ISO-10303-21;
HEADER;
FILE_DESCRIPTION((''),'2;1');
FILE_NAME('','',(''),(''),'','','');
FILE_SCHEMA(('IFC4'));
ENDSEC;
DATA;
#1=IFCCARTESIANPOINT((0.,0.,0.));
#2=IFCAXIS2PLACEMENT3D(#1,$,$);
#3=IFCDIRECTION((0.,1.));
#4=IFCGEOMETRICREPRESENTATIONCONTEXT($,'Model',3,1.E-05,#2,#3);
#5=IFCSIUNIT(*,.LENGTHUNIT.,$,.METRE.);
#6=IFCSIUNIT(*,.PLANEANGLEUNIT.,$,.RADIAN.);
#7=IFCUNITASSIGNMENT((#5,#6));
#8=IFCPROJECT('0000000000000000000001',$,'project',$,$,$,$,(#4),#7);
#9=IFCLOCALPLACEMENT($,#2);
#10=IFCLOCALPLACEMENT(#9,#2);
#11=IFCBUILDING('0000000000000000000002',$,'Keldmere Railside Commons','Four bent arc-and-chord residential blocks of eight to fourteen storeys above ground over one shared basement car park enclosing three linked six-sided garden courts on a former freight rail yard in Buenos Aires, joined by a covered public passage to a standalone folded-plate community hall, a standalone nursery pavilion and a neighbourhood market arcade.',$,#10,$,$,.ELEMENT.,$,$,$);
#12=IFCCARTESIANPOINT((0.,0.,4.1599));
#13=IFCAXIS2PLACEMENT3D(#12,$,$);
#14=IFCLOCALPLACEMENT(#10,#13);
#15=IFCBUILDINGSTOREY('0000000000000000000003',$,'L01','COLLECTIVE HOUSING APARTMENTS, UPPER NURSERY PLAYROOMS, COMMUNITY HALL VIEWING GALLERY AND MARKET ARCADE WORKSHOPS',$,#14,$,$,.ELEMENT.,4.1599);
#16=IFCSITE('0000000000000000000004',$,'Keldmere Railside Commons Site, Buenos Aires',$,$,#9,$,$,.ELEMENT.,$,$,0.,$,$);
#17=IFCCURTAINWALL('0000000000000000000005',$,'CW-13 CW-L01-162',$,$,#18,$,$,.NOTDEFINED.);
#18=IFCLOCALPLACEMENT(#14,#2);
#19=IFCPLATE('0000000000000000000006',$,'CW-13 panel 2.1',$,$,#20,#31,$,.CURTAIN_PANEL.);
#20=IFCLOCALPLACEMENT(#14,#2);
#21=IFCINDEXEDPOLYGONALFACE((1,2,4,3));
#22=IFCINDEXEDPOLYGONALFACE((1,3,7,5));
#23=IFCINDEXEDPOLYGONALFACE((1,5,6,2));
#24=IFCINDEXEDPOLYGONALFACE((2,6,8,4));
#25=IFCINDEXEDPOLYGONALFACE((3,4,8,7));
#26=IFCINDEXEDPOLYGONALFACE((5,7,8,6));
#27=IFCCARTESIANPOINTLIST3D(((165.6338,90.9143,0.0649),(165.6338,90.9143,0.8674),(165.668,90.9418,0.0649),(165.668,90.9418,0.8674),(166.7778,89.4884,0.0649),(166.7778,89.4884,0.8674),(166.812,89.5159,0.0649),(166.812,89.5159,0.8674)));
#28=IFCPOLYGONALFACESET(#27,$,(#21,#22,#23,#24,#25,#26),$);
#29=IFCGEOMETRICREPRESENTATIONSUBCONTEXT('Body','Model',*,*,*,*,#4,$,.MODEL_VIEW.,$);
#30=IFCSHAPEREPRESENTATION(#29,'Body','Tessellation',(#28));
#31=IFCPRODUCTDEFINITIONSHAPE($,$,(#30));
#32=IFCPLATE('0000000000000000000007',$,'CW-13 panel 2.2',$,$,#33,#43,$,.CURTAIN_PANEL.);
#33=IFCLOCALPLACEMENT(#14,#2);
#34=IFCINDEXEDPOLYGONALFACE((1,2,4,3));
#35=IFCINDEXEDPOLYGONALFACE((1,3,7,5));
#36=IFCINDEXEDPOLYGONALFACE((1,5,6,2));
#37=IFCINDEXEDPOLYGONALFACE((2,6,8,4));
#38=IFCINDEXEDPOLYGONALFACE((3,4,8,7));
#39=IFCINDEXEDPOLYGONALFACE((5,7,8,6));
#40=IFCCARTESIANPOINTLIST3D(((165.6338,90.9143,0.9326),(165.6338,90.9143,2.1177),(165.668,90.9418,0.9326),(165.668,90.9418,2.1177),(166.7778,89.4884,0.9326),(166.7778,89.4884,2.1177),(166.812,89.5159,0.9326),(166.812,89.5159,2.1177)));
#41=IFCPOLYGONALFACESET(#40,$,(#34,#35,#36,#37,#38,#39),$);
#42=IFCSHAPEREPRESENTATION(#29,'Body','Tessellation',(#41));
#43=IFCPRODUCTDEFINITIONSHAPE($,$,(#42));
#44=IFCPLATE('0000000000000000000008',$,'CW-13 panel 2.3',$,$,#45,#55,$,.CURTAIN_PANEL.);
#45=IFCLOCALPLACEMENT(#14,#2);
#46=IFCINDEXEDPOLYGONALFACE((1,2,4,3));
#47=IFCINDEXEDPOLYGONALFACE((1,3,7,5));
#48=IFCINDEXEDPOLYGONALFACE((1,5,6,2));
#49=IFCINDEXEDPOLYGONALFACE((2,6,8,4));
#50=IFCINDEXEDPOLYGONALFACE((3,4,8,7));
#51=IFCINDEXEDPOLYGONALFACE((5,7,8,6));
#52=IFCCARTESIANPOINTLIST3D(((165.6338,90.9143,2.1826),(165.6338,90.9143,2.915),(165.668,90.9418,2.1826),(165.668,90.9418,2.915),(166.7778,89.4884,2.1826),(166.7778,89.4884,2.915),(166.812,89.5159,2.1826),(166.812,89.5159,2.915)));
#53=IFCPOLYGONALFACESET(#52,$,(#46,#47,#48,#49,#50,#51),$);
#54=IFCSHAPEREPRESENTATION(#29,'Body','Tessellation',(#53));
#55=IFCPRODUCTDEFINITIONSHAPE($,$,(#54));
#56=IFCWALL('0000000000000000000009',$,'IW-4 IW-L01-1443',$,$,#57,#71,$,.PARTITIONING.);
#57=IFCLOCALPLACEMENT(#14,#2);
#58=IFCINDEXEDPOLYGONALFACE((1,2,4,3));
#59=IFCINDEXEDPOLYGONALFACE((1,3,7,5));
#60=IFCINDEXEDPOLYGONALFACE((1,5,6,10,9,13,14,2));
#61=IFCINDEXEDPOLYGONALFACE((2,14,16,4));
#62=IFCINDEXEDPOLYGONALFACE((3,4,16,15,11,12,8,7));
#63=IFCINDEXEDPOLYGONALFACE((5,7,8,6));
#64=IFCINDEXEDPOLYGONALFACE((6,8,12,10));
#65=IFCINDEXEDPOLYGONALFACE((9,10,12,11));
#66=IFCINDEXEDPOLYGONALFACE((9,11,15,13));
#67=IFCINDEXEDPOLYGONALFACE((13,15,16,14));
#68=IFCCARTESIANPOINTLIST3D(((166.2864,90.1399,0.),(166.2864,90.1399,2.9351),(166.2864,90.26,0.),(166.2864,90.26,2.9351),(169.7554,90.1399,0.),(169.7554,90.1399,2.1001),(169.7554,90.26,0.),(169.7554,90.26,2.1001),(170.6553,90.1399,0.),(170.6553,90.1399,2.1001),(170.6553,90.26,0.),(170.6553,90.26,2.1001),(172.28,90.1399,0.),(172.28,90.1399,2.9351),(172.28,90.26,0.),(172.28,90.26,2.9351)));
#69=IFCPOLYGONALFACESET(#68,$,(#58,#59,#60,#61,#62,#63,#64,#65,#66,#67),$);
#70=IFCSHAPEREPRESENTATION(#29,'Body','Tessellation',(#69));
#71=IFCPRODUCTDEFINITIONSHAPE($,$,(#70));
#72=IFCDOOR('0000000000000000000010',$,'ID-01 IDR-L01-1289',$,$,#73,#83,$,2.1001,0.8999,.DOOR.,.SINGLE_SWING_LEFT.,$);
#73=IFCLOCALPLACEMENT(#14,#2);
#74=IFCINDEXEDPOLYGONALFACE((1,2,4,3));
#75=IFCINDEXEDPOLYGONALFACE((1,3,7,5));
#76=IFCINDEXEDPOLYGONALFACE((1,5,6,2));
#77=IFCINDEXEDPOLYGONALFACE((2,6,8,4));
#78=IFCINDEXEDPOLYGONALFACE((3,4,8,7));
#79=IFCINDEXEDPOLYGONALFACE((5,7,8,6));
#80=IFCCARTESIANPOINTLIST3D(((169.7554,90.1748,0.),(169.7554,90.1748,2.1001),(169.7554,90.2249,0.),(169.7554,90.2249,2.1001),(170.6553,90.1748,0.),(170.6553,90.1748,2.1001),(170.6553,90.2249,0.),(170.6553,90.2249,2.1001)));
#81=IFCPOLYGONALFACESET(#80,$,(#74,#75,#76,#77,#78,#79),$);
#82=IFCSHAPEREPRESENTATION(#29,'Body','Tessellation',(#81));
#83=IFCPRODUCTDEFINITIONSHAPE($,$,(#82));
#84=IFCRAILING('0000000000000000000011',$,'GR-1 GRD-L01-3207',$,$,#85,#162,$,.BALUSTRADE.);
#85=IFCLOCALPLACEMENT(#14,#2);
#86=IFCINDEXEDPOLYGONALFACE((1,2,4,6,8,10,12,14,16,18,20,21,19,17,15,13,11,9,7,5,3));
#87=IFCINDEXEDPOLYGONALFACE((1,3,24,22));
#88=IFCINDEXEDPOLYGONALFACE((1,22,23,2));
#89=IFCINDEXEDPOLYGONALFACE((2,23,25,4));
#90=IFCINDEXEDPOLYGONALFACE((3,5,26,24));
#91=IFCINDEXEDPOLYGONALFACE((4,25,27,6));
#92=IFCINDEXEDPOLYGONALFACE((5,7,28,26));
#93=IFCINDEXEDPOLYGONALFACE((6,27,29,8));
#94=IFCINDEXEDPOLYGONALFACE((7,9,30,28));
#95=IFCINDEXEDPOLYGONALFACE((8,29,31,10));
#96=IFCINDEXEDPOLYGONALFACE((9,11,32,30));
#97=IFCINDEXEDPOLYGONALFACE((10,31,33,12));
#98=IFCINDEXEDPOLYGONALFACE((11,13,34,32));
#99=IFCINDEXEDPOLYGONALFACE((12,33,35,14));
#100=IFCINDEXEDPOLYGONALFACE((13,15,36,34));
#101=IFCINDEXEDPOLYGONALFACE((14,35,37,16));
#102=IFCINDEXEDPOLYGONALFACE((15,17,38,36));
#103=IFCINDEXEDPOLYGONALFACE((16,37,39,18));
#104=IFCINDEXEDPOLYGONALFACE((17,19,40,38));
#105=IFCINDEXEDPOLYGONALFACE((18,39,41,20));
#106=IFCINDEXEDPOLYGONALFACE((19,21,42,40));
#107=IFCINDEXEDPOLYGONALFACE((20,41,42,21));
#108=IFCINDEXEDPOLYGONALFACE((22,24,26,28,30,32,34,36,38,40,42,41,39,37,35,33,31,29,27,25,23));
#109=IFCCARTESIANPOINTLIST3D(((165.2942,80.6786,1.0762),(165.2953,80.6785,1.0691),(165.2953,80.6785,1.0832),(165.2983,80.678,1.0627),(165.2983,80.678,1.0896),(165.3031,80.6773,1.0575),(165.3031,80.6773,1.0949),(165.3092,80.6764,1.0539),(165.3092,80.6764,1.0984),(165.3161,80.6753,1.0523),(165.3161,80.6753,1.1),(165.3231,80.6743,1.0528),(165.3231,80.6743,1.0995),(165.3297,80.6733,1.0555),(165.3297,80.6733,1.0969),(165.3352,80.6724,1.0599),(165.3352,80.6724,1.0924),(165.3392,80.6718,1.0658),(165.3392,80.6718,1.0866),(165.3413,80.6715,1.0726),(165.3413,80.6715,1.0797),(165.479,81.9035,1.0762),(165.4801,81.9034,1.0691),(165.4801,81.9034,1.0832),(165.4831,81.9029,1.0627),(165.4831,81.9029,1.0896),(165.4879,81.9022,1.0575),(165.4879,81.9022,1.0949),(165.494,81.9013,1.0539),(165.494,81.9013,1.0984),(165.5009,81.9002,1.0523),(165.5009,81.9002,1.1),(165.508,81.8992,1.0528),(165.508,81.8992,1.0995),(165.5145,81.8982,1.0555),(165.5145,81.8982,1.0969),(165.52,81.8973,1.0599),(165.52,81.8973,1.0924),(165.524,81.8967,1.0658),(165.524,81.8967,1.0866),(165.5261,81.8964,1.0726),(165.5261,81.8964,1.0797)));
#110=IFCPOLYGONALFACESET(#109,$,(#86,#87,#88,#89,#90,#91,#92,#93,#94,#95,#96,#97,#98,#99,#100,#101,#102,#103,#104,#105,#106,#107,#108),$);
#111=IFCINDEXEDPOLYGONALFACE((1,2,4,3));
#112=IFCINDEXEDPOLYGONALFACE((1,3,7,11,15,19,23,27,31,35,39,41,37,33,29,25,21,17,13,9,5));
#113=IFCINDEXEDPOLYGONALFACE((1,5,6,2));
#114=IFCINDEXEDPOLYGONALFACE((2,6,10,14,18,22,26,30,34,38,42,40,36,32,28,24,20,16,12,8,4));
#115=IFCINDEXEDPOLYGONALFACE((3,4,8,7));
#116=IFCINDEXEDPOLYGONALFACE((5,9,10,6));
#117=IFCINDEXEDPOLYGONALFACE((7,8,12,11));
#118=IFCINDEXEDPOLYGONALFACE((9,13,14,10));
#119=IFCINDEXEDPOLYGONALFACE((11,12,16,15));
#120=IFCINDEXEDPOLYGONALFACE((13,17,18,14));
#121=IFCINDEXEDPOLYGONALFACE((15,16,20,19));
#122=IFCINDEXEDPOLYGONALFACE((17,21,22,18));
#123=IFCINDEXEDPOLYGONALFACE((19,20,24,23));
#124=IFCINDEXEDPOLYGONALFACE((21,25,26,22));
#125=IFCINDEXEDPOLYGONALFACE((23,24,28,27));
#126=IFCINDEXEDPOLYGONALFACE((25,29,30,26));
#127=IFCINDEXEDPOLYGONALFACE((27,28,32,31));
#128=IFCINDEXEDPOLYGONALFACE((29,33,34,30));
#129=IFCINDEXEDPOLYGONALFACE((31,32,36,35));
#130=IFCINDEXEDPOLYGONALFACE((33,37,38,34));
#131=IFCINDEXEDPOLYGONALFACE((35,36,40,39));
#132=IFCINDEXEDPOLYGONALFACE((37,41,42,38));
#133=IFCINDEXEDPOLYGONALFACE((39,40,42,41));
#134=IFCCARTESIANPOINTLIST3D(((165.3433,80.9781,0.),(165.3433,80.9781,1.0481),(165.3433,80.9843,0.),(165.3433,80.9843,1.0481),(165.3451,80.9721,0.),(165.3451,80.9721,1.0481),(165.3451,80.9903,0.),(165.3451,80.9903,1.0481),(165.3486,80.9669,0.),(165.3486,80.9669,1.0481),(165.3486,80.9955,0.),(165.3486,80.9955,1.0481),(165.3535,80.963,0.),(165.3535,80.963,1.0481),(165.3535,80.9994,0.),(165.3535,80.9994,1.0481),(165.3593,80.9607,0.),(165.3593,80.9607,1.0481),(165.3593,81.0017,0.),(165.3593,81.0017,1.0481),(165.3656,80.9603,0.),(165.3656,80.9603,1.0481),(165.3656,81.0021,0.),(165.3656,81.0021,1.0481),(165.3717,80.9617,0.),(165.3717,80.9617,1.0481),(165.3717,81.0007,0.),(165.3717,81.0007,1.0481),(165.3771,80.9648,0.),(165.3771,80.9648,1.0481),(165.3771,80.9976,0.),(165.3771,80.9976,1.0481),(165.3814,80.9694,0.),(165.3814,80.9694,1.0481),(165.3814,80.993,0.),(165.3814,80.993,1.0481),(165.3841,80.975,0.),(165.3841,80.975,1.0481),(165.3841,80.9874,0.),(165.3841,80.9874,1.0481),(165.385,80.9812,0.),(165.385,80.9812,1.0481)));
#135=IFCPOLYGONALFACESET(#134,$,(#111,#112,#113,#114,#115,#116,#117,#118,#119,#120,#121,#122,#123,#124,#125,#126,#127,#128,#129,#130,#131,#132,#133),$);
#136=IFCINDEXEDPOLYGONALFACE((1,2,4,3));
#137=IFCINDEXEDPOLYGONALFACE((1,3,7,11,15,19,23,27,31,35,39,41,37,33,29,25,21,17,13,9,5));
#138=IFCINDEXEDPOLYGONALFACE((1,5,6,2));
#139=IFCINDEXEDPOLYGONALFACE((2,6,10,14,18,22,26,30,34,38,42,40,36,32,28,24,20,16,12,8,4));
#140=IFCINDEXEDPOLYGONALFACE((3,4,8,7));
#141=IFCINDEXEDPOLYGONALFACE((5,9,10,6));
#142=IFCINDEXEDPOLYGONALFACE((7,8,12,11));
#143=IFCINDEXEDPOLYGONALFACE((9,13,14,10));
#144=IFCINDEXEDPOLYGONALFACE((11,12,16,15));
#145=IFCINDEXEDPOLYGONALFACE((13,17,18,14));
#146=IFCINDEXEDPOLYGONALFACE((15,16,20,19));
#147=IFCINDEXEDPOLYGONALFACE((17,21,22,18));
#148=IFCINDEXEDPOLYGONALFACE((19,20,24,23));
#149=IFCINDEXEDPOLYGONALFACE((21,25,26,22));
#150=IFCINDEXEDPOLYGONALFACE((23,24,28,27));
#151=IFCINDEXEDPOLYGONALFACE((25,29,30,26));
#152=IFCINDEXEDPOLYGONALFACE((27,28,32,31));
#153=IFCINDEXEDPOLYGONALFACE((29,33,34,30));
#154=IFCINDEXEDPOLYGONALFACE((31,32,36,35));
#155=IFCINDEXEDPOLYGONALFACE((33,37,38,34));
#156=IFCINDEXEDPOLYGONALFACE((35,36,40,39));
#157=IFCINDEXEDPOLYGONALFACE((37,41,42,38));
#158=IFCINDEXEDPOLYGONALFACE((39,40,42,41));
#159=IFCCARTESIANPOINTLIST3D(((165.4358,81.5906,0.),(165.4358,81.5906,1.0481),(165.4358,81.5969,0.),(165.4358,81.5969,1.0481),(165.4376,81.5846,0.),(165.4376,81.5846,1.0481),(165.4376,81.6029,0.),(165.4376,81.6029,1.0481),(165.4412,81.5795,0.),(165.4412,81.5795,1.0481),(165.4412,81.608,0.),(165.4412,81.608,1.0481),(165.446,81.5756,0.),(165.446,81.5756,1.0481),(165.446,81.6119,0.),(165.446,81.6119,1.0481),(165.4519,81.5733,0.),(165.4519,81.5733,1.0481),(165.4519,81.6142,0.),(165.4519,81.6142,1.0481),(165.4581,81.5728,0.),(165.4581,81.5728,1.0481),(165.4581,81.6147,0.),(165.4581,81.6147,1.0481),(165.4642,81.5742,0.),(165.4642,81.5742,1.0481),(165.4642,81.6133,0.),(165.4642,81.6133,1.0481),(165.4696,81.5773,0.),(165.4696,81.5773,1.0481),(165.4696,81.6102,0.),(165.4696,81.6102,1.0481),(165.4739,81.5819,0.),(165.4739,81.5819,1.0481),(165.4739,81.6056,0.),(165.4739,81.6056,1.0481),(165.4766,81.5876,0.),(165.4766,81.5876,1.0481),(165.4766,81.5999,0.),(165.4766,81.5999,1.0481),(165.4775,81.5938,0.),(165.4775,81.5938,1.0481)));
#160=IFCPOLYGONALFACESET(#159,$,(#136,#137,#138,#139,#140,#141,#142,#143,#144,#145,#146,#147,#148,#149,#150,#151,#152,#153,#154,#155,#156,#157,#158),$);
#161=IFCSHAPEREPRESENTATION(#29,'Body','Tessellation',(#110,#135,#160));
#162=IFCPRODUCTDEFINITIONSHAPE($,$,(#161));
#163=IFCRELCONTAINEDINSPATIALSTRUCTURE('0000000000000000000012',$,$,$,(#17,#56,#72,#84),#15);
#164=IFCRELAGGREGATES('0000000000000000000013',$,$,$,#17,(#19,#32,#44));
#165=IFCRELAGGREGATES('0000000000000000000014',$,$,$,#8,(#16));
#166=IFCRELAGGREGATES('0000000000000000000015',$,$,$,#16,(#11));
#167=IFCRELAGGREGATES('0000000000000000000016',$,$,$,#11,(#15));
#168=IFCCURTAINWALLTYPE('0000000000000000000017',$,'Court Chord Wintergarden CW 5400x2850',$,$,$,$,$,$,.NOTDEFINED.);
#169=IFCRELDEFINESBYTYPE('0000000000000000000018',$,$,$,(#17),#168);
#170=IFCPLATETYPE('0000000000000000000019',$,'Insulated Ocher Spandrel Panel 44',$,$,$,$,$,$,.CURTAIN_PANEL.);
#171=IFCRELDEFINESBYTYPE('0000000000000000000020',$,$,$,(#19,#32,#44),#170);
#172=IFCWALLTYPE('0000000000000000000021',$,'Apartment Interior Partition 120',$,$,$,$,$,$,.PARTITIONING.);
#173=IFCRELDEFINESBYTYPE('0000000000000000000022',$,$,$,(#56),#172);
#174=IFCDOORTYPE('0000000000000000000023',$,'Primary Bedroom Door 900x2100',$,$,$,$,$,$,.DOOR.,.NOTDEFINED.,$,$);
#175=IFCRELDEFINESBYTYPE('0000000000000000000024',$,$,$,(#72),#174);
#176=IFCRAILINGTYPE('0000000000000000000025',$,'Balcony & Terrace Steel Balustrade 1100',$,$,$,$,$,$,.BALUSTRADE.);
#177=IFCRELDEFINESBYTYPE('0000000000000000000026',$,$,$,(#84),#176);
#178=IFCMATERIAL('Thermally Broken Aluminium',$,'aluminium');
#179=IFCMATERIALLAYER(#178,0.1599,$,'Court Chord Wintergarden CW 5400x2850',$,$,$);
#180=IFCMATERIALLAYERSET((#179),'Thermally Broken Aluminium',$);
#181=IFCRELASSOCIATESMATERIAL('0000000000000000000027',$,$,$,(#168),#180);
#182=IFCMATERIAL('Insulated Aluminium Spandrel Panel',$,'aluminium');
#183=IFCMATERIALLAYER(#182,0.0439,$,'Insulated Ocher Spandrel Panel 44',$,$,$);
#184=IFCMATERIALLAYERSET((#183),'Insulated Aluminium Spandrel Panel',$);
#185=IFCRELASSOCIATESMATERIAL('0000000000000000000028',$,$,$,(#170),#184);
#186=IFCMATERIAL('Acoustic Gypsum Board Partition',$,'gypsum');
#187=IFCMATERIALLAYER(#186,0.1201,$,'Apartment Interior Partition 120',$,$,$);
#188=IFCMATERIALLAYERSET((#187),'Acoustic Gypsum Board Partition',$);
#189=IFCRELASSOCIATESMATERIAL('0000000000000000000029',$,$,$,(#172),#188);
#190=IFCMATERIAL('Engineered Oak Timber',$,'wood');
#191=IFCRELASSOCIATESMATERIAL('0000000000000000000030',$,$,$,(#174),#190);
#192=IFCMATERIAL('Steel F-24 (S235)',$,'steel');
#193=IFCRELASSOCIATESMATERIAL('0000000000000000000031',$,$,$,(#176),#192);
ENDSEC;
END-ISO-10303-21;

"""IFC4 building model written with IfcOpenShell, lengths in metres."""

from ifc_helpers import new_model, si_unit, direction, frame, frame_2d, origin, origin_2d, place, context, subcontext, project, spatial, rectangle, circle, extrude, material, layer, layer_set, type_object, element, fill, aggregate, save


model = new_model("IFC4")

# Units and contexts
model_context = context("Model", 3, precision=1e-05, world=origin(), true_north=direction((0.0, 1.0)))
body_context = subcontext(model_context, "Body", "Model", "MODEL_VIEW")
ifc_project = project(units=[si_unit("LENGTHUNIT", "METRE"), si_unit("PLANEANGLEUNIT", "RADIAN")], contexts=[model_context])

# Site, building, storey
site_placement = place(None, origin())
site = spatial("IfcSite", under=ifc_project, at=site_placement, Name="Keldmere Railside Commons Site, Buenos Aires", CompositionType="ELEMENT", RefElevation=0.0)
building_placement = place(site_placement, origin())
building = spatial("IfcBuilding", under=site, at=building_placement, Name="Keldmere Railside Commons", Description="Four bent arc-and-chord residential blocks of eight to fourteen storeys above ground over one shared basement car park enclosing three linked six-sided garden courts on a former freight rail yard in Buenos Aires, joined by a covered public passage to a standalone folded-plate community hall, a standalone nursery pavilion and a neighbourhood market arcade.", CompositionType="ELEMENT")
storey_placement = place(building_placement, frame((0.0, 0.0, 4.1599)))
storey = spatial("IfcBuildingStorey", under=building, at=storey_placement, Name="L01", Description="COLLECTIVE HOUSING APARTMENTS, UPPER NURSERY PLAYROOMS, COMMUNITY HALL VIEWING GALLERY AND MARKET ARCADE WORKSHOPS", CompositionType="ELEMENT", Elevation=4.1599)

# Curtain wall, plates
ifc_material_1 = material(Name="Thermally Broken Aluminium", Category="aluminium")
ifc_layer_1 = layer(ifc_material_1, 0.1599, Name="Court Chord Wintergarden CW 5400x2850")
ifc_layer_set_1 = layer_set([ifc_layer_1], Name="Thermally Broken Aluminium")
curtain_wall_type = type_object("IfcCurtainWallType", Name="Court Chord Wintergarden CW 5400x2850", PredefinedType="NOTDEFINED", material=ifc_layer_set_1)
curtain_wall_placement = place(storey_placement, origin())
curtain_wall = element("IfcCurtainWall", 1, at=curtain_wall_placement, inside=storey, type_object=curtain_wall_type, Name="CW-13 CW-L01-162", PredefinedType="NOTDEFINED")
ifc_material_2 = material(Name="Insulated Aluminium Spandrel Panel", Category="aluminium")
ifc_layer_2 = layer(ifc_material_2, 0.0439, Name="Insulated Ocher Spandrel Panel 44")
ifc_layer_set_2 = layer_set([ifc_layer_2], Name="Insulated Aluminium Spandrel Panel")
plate_type = type_object("IfcPlateType", Name="Insulated Ocher Spandrel Panel 44", PredefinedType="CURTAIN_PANEL", material=ifc_layer_set_2)
plate_1_placement = place(storey_placement, frame((166.2229, 90.2151, 0.0649), z_axis=(0.0, 0.0, 1.0), x_axis=(-0.625768, 0.780009, 0.0)))
plate_1 = element("IfcPlate", 2, at=plate_1_placement, type_object=plate_type, Name="CW-13 panel 2.1", PredefinedType="CURTAIN_PANEL", context=body_context, shape_type="SweptSolid", body=[
    extrude(rectangle(XDim=1.8281, YDim=0.0439, at=origin_2d()), origin(), (0.0, 0.0, 1.0), 0.8025),
])
plate_2_placement = place(storey_placement, frame((166.2229, 90.2151, 0.9326), z_axis=(0.0, 0.0, 1.0), x_axis=(-0.625768, 0.780009, 0.0)))
plate_2 = element("IfcPlate", 3, at=plate_2_placement, type_object=plate_type, Name="CW-13 panel 2.2", PredefinedType="CURTAIN_PANEL", context=body_context, shape_type="SweptSolid", body=[
    extrude(rectangle(XDim=1.8281, YDim=0.0439, at=origin_2d()), origin(), (0.0, 0.0, 1.0), 1.1851),
])
plate_3_placement = place(storey_placement, frame((166.2229, 90.2151, 2.1826), z_axis=(0.0, 0.0, 1.0), x_axis=(-0.625768, 0.780009, 0.0)))
plate_3 = element("IfcPlate", 4, at=plate_3_placement, type_object=plate_type, Name="CW-13 panel 2.3", PredefinedType="CURTAIN_PANEL", context=body_context, shape_type="SweptSolid", body=[
    extrude(rectangle(XDim=1.8281, YDim=0.0439, at=origin_2d()), origin(), (0.0, 0.0, 1.0), 0.7324),
])
aggregate(curtain_wall, [plate_1, plate_2, plate_3])

# Wall, opening, door
ifc_material_3 = material(Name="Acoustic Gypsum Board Partition", Category="gypsum")
ifc_layer_3 = layer(ifc_material_3, 0.1201, Name="Apartment Interior Partition 120")
ifc_layer_set_3 = layer_set([ifc_layer_3], Name="Acoustic Gypsum Board Partition")
wall_type = type_object("IfcWallType", Name="Apartment Interior Partition 120", PredefinedType="PARTITIONING", material=ifc_layer_set_3)
wall_placement = place(storey_placement, frame((166.2864, 90.2, 0.0), z_axis=(0.0, 0.0, 1.0), x_axis=(1.0, 0.0, 0.0)))
wall = element("IfcWall", 5, at=wall_placement, inside=storey, type_object=wall_type, Name="IW-4 IW-L01-1443", PredefinedType="PARTITIONING", context=body_context, shape_type="SweptSolid", body=[
    extrude(rectangle(XDim=5.9937, YDim=0.1201, at=frame_2d((2.9968, 0.0))), origin(), (0.0, 0.0, 1.0), 2.9351),
])
opening_placement = place(wall_placement, frame((3.469, 0.0, 0.0)))
opening = element("IfcOpeningElement", 6, at=opening_placement, cuts=wall, PredefinedType="OPENING", context=body_context, shape_type="SweptSolid", body=[
    extrude(rectangle(XDim=0.8999, YDim=2.1001, at=frame_2d((0.45, 1.05))), frame((0.0, 0.0701, 0.0), z_axis=(0.0, -1.0, 0.0), x_axis=(1.0, 0.0, 0.0)), (0.0, 0.0, 1.0), 0.1401),
])
ifc_material_4 = material(Name="Engineered Oak Timber", Category="wood")
door_type = type_object("IfcDoorType", Name="Primary Bedroom Door 900x2100", OperationType="NOTDEFINED", PredefinedType="DOOR", material=ifc_material_4)
door_placement = place(opening_placement, origin())
door = element("IfcDoor", 7, at=door_placement, inside=storey, type_object=door_type, Name="ID-01 IDR-L01-1289", OperationType="SINGLE_SWING_LEFT", OverallHeight=2.1001, OverallWidth=0.8999, PredefinedType="DOOR", context=body_context, shape_type="SweptSolid", body=[
    extrude(rectangle(XDim=0.8999, YDim=2.1001, at=frame_2d((0.45, 1.05))), frame((0.0, 0.0249, 0.0), z_axis=(0.0, -1.0, 0.0), x_axis=(1.0, 0.0, 0.0)), (0.0, 0.0, 1.0), 0.05),
])
fill(opening, door)

# Railing
ifc_material_5 = material(Name="Steel F-24 (S235)", Category="steel")
railing_type = type_object("IfcRailingType", Name="Balcony & Terrace Steel Balustrade 1100", PredefinedType="BALUSTRADE", material=ifc_material_5)
railing_1_placement = place(storey_placement, frame((165.3179, 80.675, 0.0)))
element("IfcRailing", 8, at=railing_1_placement, inside=storey, type_object=railing_type, Name="GR-1 GRD-L01-3207", PredefinedType="BALUSTRADE", context=body_context, shape_type="SweptSolid", body=[
    extrude(circle(Radius=0.0239, at=origin_2d()), frame((0.0, 0.0, 1.0762), z_axis=(0.149198, 0.988807, 0.0), x_axis=(-0.988807, 0.149198, 0.0)), (0.0, 0.0, 1.0), 1.2388),
    extrude(circle(Radius=0.021, at=origin_2d()), frame((0.0461, 0.3062, 0.0)), (0.0, 0.0, 1.0), 1.0481),
    extrude(circle(Radius=0.021, at=origin_2d()), frame((0.1387, 0.9187, 0.0)), (0.0, 0.0, 1.0), 1.0481),
])

save(model, "model.ifc")
